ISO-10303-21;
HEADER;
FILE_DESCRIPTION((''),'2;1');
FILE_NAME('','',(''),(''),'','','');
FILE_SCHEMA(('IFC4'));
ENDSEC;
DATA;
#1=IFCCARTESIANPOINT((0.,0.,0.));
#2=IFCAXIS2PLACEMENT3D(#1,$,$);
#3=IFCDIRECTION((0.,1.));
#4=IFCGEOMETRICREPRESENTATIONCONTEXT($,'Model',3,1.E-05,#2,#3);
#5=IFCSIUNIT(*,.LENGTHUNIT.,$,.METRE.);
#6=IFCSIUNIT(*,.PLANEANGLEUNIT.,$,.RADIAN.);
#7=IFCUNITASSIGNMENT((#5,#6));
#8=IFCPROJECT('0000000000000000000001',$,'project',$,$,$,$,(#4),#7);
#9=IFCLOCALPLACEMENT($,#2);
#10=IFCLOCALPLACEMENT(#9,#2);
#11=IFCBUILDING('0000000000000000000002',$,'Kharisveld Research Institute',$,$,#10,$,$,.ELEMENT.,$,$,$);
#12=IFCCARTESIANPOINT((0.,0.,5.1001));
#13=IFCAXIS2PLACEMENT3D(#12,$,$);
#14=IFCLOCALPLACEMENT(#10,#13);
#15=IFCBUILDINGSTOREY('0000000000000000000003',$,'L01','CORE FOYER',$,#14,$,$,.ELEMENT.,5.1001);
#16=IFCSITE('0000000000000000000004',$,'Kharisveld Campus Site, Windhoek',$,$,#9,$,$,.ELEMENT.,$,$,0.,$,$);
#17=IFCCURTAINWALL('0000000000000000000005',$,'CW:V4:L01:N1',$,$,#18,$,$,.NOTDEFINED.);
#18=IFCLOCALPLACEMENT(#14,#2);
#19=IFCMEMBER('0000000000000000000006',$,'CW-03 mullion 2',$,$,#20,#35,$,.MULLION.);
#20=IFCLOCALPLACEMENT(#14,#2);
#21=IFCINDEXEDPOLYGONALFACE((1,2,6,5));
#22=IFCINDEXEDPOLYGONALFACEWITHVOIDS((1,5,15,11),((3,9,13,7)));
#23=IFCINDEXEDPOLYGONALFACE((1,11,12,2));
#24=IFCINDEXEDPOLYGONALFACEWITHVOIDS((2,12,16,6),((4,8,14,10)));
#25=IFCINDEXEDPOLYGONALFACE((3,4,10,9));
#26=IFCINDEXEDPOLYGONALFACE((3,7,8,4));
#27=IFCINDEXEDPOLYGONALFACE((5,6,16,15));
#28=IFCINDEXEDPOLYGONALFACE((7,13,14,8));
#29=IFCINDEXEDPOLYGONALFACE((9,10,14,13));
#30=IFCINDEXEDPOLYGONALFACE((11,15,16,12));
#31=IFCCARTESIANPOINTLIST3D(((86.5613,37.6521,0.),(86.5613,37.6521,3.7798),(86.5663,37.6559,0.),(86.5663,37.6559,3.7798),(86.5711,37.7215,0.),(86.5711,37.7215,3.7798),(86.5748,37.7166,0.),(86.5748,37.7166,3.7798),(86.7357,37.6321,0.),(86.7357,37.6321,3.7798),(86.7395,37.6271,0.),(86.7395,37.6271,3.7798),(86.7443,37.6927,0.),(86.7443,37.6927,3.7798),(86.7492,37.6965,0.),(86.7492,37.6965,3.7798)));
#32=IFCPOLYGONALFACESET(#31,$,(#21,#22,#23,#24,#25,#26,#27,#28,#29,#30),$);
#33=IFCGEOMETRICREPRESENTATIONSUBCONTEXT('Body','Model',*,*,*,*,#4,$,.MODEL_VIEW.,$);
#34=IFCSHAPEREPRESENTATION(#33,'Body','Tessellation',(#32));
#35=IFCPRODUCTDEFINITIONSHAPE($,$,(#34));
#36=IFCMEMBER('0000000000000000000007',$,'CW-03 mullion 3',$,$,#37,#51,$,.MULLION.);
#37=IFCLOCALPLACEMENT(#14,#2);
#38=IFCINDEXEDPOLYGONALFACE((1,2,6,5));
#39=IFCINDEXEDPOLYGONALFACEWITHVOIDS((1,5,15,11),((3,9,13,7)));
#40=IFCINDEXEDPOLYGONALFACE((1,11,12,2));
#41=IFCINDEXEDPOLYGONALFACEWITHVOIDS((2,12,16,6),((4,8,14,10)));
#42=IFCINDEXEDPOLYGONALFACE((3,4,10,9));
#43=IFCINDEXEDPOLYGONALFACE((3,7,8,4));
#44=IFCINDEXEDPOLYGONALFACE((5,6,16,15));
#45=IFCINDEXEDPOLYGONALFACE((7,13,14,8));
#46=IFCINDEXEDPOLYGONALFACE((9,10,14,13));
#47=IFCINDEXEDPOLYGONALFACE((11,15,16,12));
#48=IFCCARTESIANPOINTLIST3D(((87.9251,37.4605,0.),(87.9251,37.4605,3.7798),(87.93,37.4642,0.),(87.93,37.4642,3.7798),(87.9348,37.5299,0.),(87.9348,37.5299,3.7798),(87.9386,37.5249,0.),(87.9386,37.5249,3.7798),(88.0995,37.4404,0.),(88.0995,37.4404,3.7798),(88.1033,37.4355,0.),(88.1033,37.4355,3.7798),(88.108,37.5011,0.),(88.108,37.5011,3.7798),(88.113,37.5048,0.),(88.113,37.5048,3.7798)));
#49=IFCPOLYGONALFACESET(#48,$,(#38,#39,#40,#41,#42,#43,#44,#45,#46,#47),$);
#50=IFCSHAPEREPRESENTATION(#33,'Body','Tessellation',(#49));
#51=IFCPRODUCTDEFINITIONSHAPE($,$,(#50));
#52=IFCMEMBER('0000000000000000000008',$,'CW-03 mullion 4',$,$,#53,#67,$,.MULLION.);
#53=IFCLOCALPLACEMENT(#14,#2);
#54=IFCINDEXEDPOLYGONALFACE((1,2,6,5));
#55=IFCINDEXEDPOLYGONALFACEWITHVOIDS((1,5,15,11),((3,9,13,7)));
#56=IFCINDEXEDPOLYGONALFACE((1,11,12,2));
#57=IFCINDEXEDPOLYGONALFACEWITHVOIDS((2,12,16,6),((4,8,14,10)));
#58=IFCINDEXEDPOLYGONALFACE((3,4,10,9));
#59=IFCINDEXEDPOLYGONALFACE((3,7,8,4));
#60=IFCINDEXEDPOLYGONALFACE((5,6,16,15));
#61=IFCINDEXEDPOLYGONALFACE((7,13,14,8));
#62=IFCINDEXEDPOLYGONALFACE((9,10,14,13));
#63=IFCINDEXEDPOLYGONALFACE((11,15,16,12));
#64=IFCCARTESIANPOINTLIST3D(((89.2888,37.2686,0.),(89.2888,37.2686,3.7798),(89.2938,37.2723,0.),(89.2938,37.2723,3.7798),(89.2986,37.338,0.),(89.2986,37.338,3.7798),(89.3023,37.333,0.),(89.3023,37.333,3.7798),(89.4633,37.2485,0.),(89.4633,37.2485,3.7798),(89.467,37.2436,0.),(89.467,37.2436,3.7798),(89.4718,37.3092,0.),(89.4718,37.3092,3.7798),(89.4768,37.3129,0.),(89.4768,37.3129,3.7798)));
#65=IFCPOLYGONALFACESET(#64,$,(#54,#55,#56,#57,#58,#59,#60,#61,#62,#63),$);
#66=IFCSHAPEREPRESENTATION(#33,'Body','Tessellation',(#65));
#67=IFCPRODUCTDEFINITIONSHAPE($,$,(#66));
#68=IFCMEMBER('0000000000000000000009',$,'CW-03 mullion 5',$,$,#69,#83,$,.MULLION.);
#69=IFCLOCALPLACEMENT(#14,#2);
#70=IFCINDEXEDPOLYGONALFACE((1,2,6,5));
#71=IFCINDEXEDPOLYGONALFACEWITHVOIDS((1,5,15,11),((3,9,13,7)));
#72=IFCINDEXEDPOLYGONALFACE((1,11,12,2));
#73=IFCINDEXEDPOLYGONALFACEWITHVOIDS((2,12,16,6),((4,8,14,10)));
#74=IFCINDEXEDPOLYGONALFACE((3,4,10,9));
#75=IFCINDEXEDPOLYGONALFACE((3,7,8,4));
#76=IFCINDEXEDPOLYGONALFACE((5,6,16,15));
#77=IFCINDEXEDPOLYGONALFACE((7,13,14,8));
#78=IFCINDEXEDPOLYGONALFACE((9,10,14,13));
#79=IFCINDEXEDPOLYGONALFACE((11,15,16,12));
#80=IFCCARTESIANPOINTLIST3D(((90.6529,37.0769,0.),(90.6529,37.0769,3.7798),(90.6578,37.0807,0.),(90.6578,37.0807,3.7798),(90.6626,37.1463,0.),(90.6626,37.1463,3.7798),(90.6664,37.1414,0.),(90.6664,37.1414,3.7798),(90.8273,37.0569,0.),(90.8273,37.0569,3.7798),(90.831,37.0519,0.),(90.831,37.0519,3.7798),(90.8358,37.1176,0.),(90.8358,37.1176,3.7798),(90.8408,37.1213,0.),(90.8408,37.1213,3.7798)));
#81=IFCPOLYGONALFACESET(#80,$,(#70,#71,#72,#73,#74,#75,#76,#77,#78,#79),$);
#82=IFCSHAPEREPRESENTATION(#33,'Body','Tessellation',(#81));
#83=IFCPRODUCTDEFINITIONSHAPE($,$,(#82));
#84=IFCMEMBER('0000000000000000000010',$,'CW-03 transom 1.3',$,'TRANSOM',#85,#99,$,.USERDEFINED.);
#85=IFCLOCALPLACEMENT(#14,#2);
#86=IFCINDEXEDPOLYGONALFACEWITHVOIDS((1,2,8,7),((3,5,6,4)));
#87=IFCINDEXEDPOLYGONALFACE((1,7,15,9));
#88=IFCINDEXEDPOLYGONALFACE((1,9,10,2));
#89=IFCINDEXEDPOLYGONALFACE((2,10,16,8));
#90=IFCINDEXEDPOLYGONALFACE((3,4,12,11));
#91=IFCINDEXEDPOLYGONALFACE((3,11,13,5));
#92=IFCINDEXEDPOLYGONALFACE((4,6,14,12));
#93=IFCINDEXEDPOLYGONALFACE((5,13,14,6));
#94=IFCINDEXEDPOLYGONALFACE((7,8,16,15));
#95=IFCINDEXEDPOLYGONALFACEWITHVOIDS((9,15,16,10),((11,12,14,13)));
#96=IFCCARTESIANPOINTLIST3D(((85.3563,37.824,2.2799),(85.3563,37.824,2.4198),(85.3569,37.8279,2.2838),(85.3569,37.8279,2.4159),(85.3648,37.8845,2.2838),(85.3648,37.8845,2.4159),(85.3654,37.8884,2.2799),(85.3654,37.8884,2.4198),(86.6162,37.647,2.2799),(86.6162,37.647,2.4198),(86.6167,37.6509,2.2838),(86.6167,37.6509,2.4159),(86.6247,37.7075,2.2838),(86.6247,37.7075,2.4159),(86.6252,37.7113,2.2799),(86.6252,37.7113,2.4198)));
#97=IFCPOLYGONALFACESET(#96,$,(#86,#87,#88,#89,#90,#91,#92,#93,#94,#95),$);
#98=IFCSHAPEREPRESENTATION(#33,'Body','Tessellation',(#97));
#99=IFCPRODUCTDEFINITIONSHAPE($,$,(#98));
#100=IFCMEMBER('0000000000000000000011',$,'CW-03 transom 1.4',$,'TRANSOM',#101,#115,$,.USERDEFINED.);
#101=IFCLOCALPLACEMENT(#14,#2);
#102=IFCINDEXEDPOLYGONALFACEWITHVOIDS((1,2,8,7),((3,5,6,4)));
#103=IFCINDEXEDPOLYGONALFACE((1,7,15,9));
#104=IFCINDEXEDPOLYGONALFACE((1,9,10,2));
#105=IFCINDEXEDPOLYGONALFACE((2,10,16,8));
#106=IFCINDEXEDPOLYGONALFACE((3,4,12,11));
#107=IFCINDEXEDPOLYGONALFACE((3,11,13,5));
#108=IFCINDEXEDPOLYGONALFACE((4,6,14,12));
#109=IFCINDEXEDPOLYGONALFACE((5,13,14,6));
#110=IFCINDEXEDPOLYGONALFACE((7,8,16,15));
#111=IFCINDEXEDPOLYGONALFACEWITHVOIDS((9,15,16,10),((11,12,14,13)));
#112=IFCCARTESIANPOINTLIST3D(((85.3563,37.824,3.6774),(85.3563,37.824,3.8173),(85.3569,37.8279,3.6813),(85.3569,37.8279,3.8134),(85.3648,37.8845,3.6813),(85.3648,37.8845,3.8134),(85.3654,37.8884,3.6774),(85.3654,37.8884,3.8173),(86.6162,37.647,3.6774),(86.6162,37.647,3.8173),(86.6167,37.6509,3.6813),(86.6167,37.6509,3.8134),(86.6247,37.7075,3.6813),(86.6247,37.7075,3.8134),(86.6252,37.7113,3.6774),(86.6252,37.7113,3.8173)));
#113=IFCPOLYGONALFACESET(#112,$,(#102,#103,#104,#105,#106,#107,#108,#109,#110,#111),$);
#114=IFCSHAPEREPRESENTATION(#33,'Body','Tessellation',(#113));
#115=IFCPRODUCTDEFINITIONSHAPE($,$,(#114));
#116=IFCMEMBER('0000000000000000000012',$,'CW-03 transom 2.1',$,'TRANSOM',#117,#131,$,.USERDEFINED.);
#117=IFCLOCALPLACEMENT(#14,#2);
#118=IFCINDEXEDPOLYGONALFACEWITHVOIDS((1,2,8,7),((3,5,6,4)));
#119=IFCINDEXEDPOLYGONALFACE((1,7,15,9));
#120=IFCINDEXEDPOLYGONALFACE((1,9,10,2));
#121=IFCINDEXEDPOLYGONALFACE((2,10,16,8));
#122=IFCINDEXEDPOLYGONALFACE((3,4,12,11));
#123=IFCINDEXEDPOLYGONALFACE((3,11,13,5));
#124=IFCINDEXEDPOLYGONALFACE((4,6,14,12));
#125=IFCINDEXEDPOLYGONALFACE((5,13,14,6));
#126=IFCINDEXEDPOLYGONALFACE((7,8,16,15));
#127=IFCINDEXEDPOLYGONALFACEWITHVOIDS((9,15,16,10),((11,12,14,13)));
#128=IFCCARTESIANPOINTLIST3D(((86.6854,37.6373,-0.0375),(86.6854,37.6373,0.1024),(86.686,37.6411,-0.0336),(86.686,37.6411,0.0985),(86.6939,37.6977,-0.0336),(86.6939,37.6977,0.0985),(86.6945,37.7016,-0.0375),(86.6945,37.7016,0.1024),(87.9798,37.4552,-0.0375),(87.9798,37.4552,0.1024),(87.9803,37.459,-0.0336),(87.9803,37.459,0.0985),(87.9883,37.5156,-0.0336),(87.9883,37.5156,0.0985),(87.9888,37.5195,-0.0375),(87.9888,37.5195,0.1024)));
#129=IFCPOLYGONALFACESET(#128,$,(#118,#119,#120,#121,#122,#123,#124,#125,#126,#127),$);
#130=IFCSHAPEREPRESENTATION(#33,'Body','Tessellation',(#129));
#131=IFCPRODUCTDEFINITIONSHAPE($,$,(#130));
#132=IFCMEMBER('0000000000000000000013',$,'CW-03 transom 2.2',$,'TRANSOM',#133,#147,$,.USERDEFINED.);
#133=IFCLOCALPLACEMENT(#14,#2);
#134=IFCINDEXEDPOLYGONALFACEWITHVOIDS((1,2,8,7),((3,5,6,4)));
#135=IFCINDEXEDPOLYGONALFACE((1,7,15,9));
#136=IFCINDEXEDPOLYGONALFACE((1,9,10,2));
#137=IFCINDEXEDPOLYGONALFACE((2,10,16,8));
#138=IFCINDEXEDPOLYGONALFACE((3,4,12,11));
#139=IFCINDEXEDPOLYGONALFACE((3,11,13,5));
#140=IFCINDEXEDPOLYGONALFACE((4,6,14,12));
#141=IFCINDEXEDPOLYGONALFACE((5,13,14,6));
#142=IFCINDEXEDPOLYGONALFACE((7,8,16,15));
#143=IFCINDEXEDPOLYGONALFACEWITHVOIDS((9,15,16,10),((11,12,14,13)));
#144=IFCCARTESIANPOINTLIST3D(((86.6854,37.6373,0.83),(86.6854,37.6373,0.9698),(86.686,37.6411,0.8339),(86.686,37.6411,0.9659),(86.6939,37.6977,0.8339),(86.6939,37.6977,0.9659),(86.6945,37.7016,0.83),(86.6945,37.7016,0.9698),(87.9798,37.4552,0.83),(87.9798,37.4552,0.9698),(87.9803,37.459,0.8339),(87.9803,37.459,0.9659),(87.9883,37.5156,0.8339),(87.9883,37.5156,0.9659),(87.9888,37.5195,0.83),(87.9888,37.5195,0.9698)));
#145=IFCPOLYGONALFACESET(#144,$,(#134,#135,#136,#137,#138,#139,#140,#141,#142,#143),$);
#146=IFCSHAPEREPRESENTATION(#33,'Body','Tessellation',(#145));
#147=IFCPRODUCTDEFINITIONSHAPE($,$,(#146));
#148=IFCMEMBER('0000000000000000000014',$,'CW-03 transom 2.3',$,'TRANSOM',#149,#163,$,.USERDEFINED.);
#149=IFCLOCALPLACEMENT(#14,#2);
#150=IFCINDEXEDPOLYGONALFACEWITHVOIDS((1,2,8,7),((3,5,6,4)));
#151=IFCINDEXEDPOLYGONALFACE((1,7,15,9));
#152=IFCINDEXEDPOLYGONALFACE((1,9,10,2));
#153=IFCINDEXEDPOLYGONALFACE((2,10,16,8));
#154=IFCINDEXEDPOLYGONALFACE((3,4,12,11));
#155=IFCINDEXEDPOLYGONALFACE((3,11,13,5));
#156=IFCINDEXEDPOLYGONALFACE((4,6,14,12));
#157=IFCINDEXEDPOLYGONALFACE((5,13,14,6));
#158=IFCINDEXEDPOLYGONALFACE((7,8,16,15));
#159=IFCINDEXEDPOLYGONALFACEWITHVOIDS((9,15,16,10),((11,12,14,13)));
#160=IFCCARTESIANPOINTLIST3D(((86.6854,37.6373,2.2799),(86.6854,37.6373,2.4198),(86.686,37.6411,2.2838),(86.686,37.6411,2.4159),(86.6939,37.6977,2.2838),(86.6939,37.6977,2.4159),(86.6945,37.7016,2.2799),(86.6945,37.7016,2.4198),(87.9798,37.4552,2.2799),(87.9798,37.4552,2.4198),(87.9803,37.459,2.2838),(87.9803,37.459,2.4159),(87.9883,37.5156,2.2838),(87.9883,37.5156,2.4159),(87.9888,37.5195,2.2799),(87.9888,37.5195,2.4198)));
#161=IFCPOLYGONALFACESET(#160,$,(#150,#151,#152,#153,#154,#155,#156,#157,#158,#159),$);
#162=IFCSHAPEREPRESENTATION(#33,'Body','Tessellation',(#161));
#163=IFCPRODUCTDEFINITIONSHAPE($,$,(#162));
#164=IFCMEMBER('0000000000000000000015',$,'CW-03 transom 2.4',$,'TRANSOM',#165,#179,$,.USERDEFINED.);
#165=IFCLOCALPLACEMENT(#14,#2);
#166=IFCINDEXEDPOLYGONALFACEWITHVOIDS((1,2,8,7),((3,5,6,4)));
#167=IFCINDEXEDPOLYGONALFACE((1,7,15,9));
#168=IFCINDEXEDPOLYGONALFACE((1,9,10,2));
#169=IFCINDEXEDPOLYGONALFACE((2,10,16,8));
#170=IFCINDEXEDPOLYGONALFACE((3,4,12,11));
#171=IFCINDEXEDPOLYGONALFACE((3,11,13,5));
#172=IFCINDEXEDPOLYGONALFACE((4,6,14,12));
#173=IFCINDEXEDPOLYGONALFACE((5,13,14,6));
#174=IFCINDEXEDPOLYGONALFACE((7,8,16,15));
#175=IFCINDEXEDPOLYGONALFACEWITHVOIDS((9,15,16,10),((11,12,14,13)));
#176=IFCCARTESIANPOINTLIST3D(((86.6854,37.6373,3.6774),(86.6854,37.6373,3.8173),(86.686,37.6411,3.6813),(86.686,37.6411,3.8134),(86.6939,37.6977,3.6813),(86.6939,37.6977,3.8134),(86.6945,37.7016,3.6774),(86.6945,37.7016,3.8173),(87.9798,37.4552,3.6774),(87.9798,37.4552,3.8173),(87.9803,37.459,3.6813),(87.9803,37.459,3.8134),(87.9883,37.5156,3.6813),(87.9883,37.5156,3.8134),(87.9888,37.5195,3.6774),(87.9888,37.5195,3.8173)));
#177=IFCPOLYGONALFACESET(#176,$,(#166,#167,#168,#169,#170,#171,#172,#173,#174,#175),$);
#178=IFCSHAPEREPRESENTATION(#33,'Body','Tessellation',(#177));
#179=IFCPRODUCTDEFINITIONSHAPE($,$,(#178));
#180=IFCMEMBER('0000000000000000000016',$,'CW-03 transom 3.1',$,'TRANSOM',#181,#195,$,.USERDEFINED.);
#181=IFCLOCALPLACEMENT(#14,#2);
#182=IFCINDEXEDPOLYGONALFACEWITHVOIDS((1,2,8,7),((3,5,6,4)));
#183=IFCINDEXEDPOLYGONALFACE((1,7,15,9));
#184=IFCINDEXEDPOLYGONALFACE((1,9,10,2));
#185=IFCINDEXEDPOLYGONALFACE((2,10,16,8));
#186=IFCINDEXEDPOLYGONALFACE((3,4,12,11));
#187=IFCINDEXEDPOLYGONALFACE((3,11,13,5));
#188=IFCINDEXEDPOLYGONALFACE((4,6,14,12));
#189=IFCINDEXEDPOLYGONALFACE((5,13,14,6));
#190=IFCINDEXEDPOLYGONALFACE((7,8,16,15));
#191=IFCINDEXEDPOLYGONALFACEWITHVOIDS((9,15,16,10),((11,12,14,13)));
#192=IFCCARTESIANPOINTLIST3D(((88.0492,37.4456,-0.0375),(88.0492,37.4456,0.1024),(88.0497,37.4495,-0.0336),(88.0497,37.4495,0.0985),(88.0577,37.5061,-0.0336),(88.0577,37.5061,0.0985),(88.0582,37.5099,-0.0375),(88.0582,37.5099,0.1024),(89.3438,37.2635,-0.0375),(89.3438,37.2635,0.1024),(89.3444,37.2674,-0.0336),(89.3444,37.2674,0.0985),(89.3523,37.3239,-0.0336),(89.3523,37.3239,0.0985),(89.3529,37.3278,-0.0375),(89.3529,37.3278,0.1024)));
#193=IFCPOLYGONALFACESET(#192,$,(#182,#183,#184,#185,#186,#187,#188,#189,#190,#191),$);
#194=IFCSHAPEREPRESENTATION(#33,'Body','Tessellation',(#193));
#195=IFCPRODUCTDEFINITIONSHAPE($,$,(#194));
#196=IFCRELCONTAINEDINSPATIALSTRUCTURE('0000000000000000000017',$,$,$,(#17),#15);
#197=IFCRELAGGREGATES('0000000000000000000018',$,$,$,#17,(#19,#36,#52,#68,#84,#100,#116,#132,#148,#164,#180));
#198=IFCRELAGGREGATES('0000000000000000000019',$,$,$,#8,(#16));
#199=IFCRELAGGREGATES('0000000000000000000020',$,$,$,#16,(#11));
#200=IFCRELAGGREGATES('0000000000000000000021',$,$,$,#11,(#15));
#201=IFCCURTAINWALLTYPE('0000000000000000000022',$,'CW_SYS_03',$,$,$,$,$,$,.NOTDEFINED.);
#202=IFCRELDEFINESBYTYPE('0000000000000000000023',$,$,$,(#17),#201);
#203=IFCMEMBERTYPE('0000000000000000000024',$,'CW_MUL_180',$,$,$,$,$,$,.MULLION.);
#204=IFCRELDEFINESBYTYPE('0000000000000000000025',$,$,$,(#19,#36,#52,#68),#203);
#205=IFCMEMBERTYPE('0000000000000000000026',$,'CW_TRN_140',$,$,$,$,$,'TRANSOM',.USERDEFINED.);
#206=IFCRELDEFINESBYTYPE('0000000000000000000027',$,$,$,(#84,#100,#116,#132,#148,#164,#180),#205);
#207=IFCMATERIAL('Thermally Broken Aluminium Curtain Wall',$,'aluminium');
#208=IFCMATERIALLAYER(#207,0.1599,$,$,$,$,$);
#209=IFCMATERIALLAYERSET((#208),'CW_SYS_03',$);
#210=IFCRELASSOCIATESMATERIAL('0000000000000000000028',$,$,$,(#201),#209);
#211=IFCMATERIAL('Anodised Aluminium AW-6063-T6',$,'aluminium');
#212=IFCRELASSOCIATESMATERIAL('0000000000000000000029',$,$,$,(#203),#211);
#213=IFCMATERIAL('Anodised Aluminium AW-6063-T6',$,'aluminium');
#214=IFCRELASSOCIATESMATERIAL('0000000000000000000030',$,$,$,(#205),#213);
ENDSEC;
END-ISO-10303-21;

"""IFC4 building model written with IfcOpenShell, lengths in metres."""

from ifc_helpers import new_model, si_unit, direction, frame, origin, origin_2d, place, context, subcontext, project, spatial, hollow_rectangle, extrude, material, layer, layer_set, material_profile, profile_set, type_object, element, aggregate, save


model = new_model("IFC4")

# Units and contexts
model_context = context("Model", 3, precision=1e-05, world=origin(), true_north=direction((0.0, 1.0)))
body_context = subcontext(model_context, "Body", "Model", "MODEL_VIEW")
ifc_project = project(units=[si_unit("LENGTHUNIT", "METRE"), si_unit("PLANEANGLEUNIT", "RADIAN")], contexts=[model_context])

# Site, building, storey
site_placement = place(None, origin())
site = spatial("IfcSite", under=ifc_project, at=site_placement, Name="Kharisveld Campus Site, Windhoek", CompositionType="ELEMENT", RefElevation=0.0)
building_placement = place(site_placement, origin())
building = spatial("IfcBuilding", under=site, at=building_placement, Name="Kharisveld Research Institute", CompositionType="ELEMENT")
storey_placement = place(building_placement, frame((0.0, 0.0, 5.1001)))
storey = spatial("IfcBuildingStorey", under=building, at=storey_placement, Name="L01", Description="CORE FOYER", CompositionType="ELEMENT", Elevation=5.1001)

# Curtain wall, members
ifc_material_1 = material(Name="Thermally Broken Aluminium Curtain Wall", Category="aluminium")
ifc_layer_1 = layer(ifc_material_1, 0.1599)
ifc_layer_set_1 = layer_set([ifc_layer_1], Name="CW_SYS_03")
curtain_wall_type = type_object("IfcCurtainWallType", Name="CW_SYS_03", PredefinedType="NOTDEFINED", material=ifc_layer_set_1)
curtain_wall_placement = place(storey_placement, origin())
curtain_wall = element("IfcCurtainWall", 1, at=curtain_wall_placement, inside=storey, type_object=curtain_wall_type, Name="CW:V4:L01:N1", PredefinedType="NOTDEFINED")
ifc_material_2 = material(Name="Anodised Aluminium AW-6063-T6", Category="aluminium")
ifc_material_profile_1 = material_profile(ifc_material_2, hollow_rectangle(XDim=0.0701, YDim=0.1799, WallThickness=0.0044, at=origin_2d()))
ifc_profile_set_1 = profile_set([ifc_material_profile_1], Name="Anodised Aluminium AW-6063-T6")
member_type_1 = type_object("IfcMemberType", Name="CW_MUL_180", PredefinedType="MULLION", material=ifc_profile_set_1)
member_1_placement = place(storey_placement, frame((86.6553, 37.6743, 0.0), z_axis=(0.0, 0.0, 1.0), x_axis=(0.139173, 0.990268, 0.0)))
member_1 = element("IfcMember", 2, at=member_1_placement, type_object=member_type_1, Name="CW-03 mullion 2", PredefinedType="MULLION", context=body_context, shape_type="SweptSolid", body=[
    extrude(hollow_rectangle(XDim=0.0701, YDim=0.1799, WallThickness=0.0044, at=origin_2d()), origin(), (0.0, 0.0, 1.0), 3.7798),
])
member_2_placement = place(storey_placement, frame((88.019, 37.4827, 0.0), z_axis=(0.0, 0.0, 1.0), x_axis=(0.139173, 0.990268, 0.0)))
member_2 = element("IfcMember", 3, at=member_2_placement, type_object=member_type_1, Name="CW-03 mullion 3", PredefinedType="MULLION", context=body_context, shape_type="SweptSolid", body=[
    extrude(hollow_rectangle(XDim=0.0701, YDim=0.1799, WallThickness=0.0044, at=origin_2d()), origin(), (0.0, 0.0, 1.0), 3.7798),
])
member_3_placement = place(storey_placement, frame((89.3828, 37.2908, 0.0), z_axis=(0.0, 0.0, 1.0), x_axis=(0.139173, 0.990268, 0.0)))
member_3 = element("IfcMember", 4, at=member_3_placement, type_object=member_type_1, Name="CW-03 mullion 4", PredefinedType="MULLION", context=body_context, shape_type="SweptSolid", body=[
    extrude(hollow_rectangle(XDim=0.0701, YDim=0.1799, WallThickness=0.0044, at=origin_2d()), origin(), (0.0, 0.0, 1.0), 3.7798),
])
member_4_placement = place(storey_placement, frame((90.7468, 37.0991, 0.0), z_axis=(0.0, 0.0, 1.0), x_axis=(0.139173, 0.990268, 0.0)))
member_4 = element("IfcMember", 5, at=member_4_placement, type_object=member_type_1, Name="CW-03 mullion 5", PredefinedType="MULLION", context=body_context, shape_type="SweptSolid", body=[
    extrude(hollow_rectangle(XDim=0.0701, YDim=0.1799, WallThickness=0.0044, at=origin_2d()), origin(), (0.0, 0.0, 1.0), 3.7798),
])
ifc_material_3 = material(Name="Anodised Aluminium AW-6063-T6", Category="aluminium")
ifc_material_profile_2 = material_profile(ifc_material_3, hollow_rectangle(XDim=0.0649, YDim=0.1399, WallThickness=0.0039, at=origin_2d()))
ifc_profile_set_2 = profile_set([ifc_material_profile_2], Name="Anodised Aluminium AW-6063-T6")
member_type_2 = type_object("IfcMemberType", Name="CW_TRN_140", ElementType="TRANSOM", PredefinedType="USERDEFINED", material=ifc_profile_set_2)
member_5_placement = place(storey_placement, frame((85.3608, 37.8562, 2.3499), z_axis=(0.990273, -0.139137, 0.0), x_axis=(0.139137, 0.990273, 0.0)))
member_5 = element("IfcMember", 6, at=member_5_placement, type_object=member_type_2, Name="CW-03 transom 1.3", ObjectType="TRANSOM", PredefinedType="USERDEFINED", context=body_context, shape_type="SweptSolid", body=[
    extrude(hollow_rectangle(XDim=0.0649, YDim=0.1399, WallThickness=0.0039, at=origin_2d()), origin(), (0.0, 0.0, 1.0), 1.2722),
])
member_6_placement = place(storey_placement, frame((85.3608, 37.8562, 3.7473), z_axis=(0.990273, -0.139137, 0.0), x_axis=(0.139137, 0.990273, 0.0)))
member_6 = element("IfcMember", 7, at=member_6_placement, type_object=member_type_2, Name="CW-03 transom 1.4", ObjectType="TRANSOM", PredefinedType="USERDEFINED", context=body_context, shape_type="SweptSolid", body=[
    extrude(hollow_rectangle(XDim=0.0649, YDim=0.1399, WallThickness=0.0039, at=origin_2d()), origin(), (0.0, 0.0, 1.0), 1.2722),
])
member_7_placement = place(storey_placement, frame((86.6899, 37.6694, 0.0325), z_axis=(0.990246, -0.139329, 0.0), x_axis=(0.139329, 0.990246, 0.0)))
member_7 = element("IfcMember", 8, at=member_7_placement, type_object=member_type_2, Name="CW-03 transom 2.1", ObjectType="TRANSOM", PredefinedType="USERDEFINED", context=body_context, shape_type="SweptSolid", body=[
    extrude(hollow_rectangle(XDim=0.0649, YDim=0.1399, WallThickness=0.0039, at=origin_2d()), origin(), (0.0, 0.0, 1.0), 1.3071),
])
member_8_placement = place(storey_placement, frame((86.6899, 37.6694, 0.8999), z_axis=(0.990246, -0.139329, 0.0), x_axis=(0.139329, 0.990246, 0.0)))
member_8 = element("IfcMember", 9, at=member_8_placement, type_object=member_type_2, Name="CW-03 transom 2.2", ObjectType="TRANSOM", PredefinedType="USERDEFINED", context=body_context, shape_type="SweptSolid", body=[
    extrude(hollow_rectangle(XDim=0.0649, YDim=0.1399, WallThickness=0.0039, at=origin_2d()), origin(), (0.0, 0.0, 1.0), 1.3071),
])
member_9_placement = place(storey_placement, frame((86.6899, 37.6694, 2.3499), z_axis=(0.990246, -0.139329, 0.0), x_axis=(0.139329, 0.990246, 0.0)))
member_9 = element("IfcMember", 10, at=member_9_placement, type_object=member_type_2, Name="CW-03 transom 2.3", ObjectType="TRANSOM", PredefinedType="USERDEFINED", context=body_context, shape_type="SweptSolid", body=[
    extrude(hollow_rectangle(XDim=0.0649, YDim=0.1399, WallThickness=0.0039, at=origin_2d()), origin(), (0.0, 0.0, 1.0), 1.3071),
])
member_10_placement = place(storey_placement, frame((86.6899, 37.6694, 3.7473), z_axis=(0.990246, -0.139329, 0.0), x_axis=(0.139329, 0.990246, 0.0)))
member_10 = element("IfcMember", 11, at=member_10_placement, type_object=member_type_2, Name="CW-03 transom 2.4", ObjectType="TRANSOM", PredefinedType="USERDEFINED", context=body_context, shape_type="SweptSolid", body=[
    extrude(hollow_rectangle(XDim=0.0649, YDim=0.1399, WallThickness=0.0039, at=origin_2d()), origin(), (0.0, 0.0, 1.0), 1.3071),
])
member_11_placement = place(storey_placement, frame((88.0537, 37.4778, 0.0325), z_axis=(0.99025, -0.139303, 0.0), x_axis=(0.139303, 0.99025, 0.0)))
member_11 = element("IfcMember", 12, at=member_11_placement, type_object=member_type_2, Name="CW-03 transom 3.1", ObjectType="TRANSOM", PredefinedType="USERDEFINED", context=body_context, shape_type="SweptSolid", body=[
    extrude(hollow_rectangle(XDim=0.0649, YDim=0.1399, WallThickness=0.0039, at=origin_2d()), origin(), (0.0, 0.0, 1.0), 1.3074),
])
aggregate(curtain_wall, [member_1, member_2, member_3, member_4, member_5, member_6, member_7, member_8, member_9, member_10, member_11])

save(model, "model.ifc")
